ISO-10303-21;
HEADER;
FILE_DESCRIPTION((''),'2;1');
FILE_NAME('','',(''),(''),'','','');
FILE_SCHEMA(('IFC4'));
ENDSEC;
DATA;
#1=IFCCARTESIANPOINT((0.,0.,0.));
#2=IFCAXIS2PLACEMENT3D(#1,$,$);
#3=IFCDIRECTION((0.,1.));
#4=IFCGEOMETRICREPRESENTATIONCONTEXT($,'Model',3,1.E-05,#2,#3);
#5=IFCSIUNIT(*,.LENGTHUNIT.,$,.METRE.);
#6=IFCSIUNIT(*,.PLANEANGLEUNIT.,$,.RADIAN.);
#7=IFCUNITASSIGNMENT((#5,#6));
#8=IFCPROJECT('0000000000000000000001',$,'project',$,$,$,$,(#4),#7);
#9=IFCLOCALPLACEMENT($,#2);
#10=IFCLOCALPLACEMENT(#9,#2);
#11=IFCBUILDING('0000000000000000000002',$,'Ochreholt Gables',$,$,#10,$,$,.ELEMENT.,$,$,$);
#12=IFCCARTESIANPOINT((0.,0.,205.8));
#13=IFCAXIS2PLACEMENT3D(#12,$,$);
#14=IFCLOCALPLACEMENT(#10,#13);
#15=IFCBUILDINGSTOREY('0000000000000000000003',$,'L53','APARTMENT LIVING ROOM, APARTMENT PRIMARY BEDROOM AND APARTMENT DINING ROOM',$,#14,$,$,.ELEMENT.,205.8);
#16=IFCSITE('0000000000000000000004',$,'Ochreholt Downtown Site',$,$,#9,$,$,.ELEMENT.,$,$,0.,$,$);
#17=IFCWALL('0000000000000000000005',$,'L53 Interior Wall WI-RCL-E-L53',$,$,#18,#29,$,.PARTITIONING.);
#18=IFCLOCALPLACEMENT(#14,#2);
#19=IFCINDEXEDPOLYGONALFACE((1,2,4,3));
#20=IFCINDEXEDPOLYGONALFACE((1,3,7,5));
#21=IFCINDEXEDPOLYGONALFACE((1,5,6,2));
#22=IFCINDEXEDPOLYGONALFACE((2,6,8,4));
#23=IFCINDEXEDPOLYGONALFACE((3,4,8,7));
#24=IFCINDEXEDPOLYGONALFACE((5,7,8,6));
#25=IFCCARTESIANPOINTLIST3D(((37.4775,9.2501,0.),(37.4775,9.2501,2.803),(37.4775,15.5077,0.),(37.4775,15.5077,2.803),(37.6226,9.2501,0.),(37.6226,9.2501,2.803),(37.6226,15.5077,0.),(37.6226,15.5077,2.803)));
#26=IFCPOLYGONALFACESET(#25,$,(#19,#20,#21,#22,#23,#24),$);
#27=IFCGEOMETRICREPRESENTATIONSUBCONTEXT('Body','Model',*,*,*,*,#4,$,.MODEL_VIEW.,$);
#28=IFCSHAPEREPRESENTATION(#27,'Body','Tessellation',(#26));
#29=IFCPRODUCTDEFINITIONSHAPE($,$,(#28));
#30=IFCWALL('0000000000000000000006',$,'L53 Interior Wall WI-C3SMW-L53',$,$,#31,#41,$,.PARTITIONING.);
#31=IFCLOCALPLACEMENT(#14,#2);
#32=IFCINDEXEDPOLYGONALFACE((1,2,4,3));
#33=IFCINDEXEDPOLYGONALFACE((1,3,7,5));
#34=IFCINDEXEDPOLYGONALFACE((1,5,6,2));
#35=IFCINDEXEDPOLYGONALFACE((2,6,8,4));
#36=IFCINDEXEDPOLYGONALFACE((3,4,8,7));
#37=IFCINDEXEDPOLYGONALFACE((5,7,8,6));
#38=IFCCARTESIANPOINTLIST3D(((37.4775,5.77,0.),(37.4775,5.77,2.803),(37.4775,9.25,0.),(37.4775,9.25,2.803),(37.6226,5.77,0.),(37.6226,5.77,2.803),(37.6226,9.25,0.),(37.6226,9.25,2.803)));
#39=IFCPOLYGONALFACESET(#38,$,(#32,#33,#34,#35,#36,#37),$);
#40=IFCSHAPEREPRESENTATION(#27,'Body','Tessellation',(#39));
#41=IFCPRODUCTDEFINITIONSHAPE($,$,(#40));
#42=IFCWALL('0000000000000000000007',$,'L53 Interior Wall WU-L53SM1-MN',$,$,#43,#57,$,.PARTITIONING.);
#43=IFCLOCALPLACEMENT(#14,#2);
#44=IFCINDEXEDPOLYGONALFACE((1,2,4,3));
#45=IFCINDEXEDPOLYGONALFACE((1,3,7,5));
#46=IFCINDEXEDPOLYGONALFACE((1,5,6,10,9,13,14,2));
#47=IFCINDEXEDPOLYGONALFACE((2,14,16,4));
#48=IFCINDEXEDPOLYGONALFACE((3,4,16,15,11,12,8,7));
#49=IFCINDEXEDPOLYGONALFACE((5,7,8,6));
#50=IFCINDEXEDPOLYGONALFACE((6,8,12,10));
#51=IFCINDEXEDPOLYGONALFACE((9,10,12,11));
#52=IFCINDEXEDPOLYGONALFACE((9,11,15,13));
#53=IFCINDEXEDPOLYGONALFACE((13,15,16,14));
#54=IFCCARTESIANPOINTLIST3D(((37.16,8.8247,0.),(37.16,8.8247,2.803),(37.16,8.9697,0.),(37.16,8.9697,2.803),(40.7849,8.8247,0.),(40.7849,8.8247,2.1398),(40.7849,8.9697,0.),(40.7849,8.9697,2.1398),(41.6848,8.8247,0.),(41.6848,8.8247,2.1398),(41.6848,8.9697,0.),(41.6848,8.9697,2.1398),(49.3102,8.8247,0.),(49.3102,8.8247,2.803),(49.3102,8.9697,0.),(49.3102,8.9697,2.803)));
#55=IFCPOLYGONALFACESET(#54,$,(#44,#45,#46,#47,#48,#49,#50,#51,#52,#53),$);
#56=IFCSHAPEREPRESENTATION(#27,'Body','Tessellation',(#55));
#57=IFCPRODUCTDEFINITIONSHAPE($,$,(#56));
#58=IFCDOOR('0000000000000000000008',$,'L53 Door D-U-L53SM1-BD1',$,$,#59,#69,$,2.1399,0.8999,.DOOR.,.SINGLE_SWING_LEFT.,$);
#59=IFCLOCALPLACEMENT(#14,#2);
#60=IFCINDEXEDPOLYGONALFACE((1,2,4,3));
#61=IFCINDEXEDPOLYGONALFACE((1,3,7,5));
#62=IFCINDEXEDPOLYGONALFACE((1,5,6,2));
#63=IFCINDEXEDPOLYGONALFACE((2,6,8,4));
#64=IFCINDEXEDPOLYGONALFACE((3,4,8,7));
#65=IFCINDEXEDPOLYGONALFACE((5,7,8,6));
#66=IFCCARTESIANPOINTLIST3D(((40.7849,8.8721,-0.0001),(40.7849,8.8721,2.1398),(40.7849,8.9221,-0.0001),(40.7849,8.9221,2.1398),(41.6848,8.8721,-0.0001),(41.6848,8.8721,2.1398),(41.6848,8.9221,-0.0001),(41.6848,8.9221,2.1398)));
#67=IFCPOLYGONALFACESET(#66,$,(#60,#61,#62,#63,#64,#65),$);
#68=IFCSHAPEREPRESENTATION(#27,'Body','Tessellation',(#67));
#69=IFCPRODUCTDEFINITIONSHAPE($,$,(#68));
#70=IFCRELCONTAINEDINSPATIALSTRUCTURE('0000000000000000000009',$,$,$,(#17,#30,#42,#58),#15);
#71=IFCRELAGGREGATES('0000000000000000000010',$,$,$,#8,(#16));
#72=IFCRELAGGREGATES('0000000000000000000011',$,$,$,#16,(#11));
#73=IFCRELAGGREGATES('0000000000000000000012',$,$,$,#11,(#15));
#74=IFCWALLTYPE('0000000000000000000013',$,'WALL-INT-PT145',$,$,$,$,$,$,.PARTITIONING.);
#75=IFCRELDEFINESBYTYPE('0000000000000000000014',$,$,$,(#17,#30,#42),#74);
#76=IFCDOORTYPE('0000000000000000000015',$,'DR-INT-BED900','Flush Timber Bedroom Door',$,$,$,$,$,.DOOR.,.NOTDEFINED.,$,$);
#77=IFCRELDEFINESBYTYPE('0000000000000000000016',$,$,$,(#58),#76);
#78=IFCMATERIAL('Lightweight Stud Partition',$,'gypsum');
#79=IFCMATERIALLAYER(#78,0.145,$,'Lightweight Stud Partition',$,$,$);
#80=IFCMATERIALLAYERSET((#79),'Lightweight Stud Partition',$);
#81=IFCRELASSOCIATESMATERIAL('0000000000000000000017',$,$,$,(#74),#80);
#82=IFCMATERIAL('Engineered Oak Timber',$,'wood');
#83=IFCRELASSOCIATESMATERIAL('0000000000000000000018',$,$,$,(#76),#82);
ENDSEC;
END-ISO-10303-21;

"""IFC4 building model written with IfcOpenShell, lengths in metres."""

from ifc_helpers import new_model, si_unit, direction, frame, frame_2d, origin, place, context, subcontext, project, spatial, rectangle, extrude, material, layer, layer_set, type_object, element, fill, save


model = new_model("IFC4")

# Units and contexts
model_context = context("Model", 3, precision=1e-05, world=origin(), true_north=direction((0.0, 1.0)))
body_context = subcontext(model_context, "Body", "Model", "MODEL_VIEW")
ifc_project = project(units=[si_unit("LENGTHUNIT", "METRE"), si_unit("PLANEANGLEUNIT", "RADIAN")], contexts=[model_context])

# Site, building, storey
site_placement = place(None, origin())
site = spatial("IfcSite", under=ifc_project, at=site_placement, Name="Ochreholt Downtown Site", CompositionType="ELEMENT", RefElevation=0.0)
building_placement = place(site_placement, origin())
building = spatial("IfcBuilding", under=site, at=building_placement, Name="Ochreholt Gables", CompositionType="ELEMENT")
storey_placement = place(building_placement, frame((0.0, 0.0, 205.8)))
storey = spatial("IfcBuildingStorey", under=building, at=storey_placement, Name="L53", Description="APARTMENT LIVING ROOM, APARTMENT PRIMARY BEDROOM AND APARTMENT DINING ROOM", CompositionType="ELEMENT", Elevation=205.8)

# Shared definitions
ifc_material_1 = material(Name="Engineered Oak Timber", Category="wood")

# Walls
ifc_material_2 = material(Name="Lightweight Stud Partition", Category="gypsum")
ifc_layer_1 = layer(ifc_material_2, 0.145, Name="Lightweight Stud Partition")
ifc_layer_set_1 = layer_set([ifc_layer_1], Name="Lightweight Stud Partition")
wall_type_1 = type_object("IfcWallType", Name="WALL-INT-PT145", PredefinedType="PARTITIONING", material=ifc_layer_set_1)
wall_1_placement = place(storey_placement, frame((37.55, 9.25, 0.0), z_axis=(0.0, 0.0, 1.0), x_axis=(0.0, 1.0, 0.0)))
element("IfcWall", 1, at=wall_1_placement, inside=storey, type_object=wall_type_1, Name="L53 Interior Wall WI-RCL-E-L53", PredefinedType="PARTITIONING", context=body_context, shape_type="SweptSolid", body=[
    extrude(rectangle(XDim=6.2576, YDim=0.145, at=frame_2d((3.1289, 0.0))), origin(), (0.0, 0.0, 1.0), 2.803),
])
wall_2_placement = place(storey_placement, frame((37.55, 5.77, 0.0), z_axis=(0.0, 0.0, 1.0), x_axis=(0.0, 1.0, 0.0)))
element("IfcWall", 2, at=wall_2_placement, inside=storey, type_object=wall_type_1, Name="L53 Interior Wall WI-C3SMW-L53", PredefinedType="PARTITIONING", context=body_context, shape_type="SweptSolid", body=[
    extrude(rectangle(XDim=3.48, YDim=0.145, at=frame_2d((1.74, 0.0))), origin(), (0.0, 0.0, 1.0), 2.803),
])

# Wall, opening, door
wall_3_placement = place(storey_placement, frame((37.1599, 8.8972, 0.0), z_axis=(0.0, 0.0, 1.0), x_axis=(1.0, 0.0, 0.0)))
wall_3 = element("IfcWall", 3, at=wall_3_placement, inside=storey, type_object=wall_type_1, Name="L53 Interior Wall WU-L53SM1-MN", PredefinedType="PARTITIONING", context=body_context, shape_type="SweptSolid", body=[
    extrude(rectangle(XDim=12.1501, YDim=0.145, at=frame_2d((6.0752, 0.0))), origin(), (0.0, 0.0, 1.0), 2.803),
])
opening_1_placement = place(wall_3_placement, frame((3.625, 0.0, 0.0)))
opening_1 = element("IfcOpeningElement", 4, at=opening_1_placement, cuts=wall_3, PredefinedType="OPENING", context=body_context, shape_type="SweptSolid", body=[
    extrude(rectangle(XDim=0.8999, YDim=2.1399, at=frame_2d((0.45, 1.0698))), frame((0.0, 0.0825, 0.0), z_axis=(0.0, -1.0, 0.0), x_axis=(1.0, 0.0, 0.0)), (0.0, 0.0, 1.0), 0.165),
])
door_type_1 = type_object("IfcDoorType", Name="DR-INT-BED900", Description="Flush Timber Bedroom Door", OperationType="NOTDEFINED", PredefinedType="DOOR", material=ifc_material_1)
door_1_placement = place(opening_1_placement, origin())
door_1 = element("IfcDoor", 5, at=door_1_placement, inside=storey, type_object=door_type_1, Name="L53 Door D-U-L53SM1-BD1", OperationType="SINGLE_SWING_LEFT", OverallHeight=2.1399, OverallWidth=0.8999, PredefinedType="DOOR", context=body_context, shape_type="SweptSolid", body=[
    extrude(rectangle(XDim=0.8999, YDim=2.1399, at=frame_2d((0.45, 1.0698))), frame((0.0, 0.0249, 0.0), z_axis=(0.0, -1.0, 0.0), x_axis=(1.0, 0.0, 0.0)), (0.0, 0.0, 1.0), 0.05),
])
fill(opening_1, door_1)

save(model, "model.ifc")
